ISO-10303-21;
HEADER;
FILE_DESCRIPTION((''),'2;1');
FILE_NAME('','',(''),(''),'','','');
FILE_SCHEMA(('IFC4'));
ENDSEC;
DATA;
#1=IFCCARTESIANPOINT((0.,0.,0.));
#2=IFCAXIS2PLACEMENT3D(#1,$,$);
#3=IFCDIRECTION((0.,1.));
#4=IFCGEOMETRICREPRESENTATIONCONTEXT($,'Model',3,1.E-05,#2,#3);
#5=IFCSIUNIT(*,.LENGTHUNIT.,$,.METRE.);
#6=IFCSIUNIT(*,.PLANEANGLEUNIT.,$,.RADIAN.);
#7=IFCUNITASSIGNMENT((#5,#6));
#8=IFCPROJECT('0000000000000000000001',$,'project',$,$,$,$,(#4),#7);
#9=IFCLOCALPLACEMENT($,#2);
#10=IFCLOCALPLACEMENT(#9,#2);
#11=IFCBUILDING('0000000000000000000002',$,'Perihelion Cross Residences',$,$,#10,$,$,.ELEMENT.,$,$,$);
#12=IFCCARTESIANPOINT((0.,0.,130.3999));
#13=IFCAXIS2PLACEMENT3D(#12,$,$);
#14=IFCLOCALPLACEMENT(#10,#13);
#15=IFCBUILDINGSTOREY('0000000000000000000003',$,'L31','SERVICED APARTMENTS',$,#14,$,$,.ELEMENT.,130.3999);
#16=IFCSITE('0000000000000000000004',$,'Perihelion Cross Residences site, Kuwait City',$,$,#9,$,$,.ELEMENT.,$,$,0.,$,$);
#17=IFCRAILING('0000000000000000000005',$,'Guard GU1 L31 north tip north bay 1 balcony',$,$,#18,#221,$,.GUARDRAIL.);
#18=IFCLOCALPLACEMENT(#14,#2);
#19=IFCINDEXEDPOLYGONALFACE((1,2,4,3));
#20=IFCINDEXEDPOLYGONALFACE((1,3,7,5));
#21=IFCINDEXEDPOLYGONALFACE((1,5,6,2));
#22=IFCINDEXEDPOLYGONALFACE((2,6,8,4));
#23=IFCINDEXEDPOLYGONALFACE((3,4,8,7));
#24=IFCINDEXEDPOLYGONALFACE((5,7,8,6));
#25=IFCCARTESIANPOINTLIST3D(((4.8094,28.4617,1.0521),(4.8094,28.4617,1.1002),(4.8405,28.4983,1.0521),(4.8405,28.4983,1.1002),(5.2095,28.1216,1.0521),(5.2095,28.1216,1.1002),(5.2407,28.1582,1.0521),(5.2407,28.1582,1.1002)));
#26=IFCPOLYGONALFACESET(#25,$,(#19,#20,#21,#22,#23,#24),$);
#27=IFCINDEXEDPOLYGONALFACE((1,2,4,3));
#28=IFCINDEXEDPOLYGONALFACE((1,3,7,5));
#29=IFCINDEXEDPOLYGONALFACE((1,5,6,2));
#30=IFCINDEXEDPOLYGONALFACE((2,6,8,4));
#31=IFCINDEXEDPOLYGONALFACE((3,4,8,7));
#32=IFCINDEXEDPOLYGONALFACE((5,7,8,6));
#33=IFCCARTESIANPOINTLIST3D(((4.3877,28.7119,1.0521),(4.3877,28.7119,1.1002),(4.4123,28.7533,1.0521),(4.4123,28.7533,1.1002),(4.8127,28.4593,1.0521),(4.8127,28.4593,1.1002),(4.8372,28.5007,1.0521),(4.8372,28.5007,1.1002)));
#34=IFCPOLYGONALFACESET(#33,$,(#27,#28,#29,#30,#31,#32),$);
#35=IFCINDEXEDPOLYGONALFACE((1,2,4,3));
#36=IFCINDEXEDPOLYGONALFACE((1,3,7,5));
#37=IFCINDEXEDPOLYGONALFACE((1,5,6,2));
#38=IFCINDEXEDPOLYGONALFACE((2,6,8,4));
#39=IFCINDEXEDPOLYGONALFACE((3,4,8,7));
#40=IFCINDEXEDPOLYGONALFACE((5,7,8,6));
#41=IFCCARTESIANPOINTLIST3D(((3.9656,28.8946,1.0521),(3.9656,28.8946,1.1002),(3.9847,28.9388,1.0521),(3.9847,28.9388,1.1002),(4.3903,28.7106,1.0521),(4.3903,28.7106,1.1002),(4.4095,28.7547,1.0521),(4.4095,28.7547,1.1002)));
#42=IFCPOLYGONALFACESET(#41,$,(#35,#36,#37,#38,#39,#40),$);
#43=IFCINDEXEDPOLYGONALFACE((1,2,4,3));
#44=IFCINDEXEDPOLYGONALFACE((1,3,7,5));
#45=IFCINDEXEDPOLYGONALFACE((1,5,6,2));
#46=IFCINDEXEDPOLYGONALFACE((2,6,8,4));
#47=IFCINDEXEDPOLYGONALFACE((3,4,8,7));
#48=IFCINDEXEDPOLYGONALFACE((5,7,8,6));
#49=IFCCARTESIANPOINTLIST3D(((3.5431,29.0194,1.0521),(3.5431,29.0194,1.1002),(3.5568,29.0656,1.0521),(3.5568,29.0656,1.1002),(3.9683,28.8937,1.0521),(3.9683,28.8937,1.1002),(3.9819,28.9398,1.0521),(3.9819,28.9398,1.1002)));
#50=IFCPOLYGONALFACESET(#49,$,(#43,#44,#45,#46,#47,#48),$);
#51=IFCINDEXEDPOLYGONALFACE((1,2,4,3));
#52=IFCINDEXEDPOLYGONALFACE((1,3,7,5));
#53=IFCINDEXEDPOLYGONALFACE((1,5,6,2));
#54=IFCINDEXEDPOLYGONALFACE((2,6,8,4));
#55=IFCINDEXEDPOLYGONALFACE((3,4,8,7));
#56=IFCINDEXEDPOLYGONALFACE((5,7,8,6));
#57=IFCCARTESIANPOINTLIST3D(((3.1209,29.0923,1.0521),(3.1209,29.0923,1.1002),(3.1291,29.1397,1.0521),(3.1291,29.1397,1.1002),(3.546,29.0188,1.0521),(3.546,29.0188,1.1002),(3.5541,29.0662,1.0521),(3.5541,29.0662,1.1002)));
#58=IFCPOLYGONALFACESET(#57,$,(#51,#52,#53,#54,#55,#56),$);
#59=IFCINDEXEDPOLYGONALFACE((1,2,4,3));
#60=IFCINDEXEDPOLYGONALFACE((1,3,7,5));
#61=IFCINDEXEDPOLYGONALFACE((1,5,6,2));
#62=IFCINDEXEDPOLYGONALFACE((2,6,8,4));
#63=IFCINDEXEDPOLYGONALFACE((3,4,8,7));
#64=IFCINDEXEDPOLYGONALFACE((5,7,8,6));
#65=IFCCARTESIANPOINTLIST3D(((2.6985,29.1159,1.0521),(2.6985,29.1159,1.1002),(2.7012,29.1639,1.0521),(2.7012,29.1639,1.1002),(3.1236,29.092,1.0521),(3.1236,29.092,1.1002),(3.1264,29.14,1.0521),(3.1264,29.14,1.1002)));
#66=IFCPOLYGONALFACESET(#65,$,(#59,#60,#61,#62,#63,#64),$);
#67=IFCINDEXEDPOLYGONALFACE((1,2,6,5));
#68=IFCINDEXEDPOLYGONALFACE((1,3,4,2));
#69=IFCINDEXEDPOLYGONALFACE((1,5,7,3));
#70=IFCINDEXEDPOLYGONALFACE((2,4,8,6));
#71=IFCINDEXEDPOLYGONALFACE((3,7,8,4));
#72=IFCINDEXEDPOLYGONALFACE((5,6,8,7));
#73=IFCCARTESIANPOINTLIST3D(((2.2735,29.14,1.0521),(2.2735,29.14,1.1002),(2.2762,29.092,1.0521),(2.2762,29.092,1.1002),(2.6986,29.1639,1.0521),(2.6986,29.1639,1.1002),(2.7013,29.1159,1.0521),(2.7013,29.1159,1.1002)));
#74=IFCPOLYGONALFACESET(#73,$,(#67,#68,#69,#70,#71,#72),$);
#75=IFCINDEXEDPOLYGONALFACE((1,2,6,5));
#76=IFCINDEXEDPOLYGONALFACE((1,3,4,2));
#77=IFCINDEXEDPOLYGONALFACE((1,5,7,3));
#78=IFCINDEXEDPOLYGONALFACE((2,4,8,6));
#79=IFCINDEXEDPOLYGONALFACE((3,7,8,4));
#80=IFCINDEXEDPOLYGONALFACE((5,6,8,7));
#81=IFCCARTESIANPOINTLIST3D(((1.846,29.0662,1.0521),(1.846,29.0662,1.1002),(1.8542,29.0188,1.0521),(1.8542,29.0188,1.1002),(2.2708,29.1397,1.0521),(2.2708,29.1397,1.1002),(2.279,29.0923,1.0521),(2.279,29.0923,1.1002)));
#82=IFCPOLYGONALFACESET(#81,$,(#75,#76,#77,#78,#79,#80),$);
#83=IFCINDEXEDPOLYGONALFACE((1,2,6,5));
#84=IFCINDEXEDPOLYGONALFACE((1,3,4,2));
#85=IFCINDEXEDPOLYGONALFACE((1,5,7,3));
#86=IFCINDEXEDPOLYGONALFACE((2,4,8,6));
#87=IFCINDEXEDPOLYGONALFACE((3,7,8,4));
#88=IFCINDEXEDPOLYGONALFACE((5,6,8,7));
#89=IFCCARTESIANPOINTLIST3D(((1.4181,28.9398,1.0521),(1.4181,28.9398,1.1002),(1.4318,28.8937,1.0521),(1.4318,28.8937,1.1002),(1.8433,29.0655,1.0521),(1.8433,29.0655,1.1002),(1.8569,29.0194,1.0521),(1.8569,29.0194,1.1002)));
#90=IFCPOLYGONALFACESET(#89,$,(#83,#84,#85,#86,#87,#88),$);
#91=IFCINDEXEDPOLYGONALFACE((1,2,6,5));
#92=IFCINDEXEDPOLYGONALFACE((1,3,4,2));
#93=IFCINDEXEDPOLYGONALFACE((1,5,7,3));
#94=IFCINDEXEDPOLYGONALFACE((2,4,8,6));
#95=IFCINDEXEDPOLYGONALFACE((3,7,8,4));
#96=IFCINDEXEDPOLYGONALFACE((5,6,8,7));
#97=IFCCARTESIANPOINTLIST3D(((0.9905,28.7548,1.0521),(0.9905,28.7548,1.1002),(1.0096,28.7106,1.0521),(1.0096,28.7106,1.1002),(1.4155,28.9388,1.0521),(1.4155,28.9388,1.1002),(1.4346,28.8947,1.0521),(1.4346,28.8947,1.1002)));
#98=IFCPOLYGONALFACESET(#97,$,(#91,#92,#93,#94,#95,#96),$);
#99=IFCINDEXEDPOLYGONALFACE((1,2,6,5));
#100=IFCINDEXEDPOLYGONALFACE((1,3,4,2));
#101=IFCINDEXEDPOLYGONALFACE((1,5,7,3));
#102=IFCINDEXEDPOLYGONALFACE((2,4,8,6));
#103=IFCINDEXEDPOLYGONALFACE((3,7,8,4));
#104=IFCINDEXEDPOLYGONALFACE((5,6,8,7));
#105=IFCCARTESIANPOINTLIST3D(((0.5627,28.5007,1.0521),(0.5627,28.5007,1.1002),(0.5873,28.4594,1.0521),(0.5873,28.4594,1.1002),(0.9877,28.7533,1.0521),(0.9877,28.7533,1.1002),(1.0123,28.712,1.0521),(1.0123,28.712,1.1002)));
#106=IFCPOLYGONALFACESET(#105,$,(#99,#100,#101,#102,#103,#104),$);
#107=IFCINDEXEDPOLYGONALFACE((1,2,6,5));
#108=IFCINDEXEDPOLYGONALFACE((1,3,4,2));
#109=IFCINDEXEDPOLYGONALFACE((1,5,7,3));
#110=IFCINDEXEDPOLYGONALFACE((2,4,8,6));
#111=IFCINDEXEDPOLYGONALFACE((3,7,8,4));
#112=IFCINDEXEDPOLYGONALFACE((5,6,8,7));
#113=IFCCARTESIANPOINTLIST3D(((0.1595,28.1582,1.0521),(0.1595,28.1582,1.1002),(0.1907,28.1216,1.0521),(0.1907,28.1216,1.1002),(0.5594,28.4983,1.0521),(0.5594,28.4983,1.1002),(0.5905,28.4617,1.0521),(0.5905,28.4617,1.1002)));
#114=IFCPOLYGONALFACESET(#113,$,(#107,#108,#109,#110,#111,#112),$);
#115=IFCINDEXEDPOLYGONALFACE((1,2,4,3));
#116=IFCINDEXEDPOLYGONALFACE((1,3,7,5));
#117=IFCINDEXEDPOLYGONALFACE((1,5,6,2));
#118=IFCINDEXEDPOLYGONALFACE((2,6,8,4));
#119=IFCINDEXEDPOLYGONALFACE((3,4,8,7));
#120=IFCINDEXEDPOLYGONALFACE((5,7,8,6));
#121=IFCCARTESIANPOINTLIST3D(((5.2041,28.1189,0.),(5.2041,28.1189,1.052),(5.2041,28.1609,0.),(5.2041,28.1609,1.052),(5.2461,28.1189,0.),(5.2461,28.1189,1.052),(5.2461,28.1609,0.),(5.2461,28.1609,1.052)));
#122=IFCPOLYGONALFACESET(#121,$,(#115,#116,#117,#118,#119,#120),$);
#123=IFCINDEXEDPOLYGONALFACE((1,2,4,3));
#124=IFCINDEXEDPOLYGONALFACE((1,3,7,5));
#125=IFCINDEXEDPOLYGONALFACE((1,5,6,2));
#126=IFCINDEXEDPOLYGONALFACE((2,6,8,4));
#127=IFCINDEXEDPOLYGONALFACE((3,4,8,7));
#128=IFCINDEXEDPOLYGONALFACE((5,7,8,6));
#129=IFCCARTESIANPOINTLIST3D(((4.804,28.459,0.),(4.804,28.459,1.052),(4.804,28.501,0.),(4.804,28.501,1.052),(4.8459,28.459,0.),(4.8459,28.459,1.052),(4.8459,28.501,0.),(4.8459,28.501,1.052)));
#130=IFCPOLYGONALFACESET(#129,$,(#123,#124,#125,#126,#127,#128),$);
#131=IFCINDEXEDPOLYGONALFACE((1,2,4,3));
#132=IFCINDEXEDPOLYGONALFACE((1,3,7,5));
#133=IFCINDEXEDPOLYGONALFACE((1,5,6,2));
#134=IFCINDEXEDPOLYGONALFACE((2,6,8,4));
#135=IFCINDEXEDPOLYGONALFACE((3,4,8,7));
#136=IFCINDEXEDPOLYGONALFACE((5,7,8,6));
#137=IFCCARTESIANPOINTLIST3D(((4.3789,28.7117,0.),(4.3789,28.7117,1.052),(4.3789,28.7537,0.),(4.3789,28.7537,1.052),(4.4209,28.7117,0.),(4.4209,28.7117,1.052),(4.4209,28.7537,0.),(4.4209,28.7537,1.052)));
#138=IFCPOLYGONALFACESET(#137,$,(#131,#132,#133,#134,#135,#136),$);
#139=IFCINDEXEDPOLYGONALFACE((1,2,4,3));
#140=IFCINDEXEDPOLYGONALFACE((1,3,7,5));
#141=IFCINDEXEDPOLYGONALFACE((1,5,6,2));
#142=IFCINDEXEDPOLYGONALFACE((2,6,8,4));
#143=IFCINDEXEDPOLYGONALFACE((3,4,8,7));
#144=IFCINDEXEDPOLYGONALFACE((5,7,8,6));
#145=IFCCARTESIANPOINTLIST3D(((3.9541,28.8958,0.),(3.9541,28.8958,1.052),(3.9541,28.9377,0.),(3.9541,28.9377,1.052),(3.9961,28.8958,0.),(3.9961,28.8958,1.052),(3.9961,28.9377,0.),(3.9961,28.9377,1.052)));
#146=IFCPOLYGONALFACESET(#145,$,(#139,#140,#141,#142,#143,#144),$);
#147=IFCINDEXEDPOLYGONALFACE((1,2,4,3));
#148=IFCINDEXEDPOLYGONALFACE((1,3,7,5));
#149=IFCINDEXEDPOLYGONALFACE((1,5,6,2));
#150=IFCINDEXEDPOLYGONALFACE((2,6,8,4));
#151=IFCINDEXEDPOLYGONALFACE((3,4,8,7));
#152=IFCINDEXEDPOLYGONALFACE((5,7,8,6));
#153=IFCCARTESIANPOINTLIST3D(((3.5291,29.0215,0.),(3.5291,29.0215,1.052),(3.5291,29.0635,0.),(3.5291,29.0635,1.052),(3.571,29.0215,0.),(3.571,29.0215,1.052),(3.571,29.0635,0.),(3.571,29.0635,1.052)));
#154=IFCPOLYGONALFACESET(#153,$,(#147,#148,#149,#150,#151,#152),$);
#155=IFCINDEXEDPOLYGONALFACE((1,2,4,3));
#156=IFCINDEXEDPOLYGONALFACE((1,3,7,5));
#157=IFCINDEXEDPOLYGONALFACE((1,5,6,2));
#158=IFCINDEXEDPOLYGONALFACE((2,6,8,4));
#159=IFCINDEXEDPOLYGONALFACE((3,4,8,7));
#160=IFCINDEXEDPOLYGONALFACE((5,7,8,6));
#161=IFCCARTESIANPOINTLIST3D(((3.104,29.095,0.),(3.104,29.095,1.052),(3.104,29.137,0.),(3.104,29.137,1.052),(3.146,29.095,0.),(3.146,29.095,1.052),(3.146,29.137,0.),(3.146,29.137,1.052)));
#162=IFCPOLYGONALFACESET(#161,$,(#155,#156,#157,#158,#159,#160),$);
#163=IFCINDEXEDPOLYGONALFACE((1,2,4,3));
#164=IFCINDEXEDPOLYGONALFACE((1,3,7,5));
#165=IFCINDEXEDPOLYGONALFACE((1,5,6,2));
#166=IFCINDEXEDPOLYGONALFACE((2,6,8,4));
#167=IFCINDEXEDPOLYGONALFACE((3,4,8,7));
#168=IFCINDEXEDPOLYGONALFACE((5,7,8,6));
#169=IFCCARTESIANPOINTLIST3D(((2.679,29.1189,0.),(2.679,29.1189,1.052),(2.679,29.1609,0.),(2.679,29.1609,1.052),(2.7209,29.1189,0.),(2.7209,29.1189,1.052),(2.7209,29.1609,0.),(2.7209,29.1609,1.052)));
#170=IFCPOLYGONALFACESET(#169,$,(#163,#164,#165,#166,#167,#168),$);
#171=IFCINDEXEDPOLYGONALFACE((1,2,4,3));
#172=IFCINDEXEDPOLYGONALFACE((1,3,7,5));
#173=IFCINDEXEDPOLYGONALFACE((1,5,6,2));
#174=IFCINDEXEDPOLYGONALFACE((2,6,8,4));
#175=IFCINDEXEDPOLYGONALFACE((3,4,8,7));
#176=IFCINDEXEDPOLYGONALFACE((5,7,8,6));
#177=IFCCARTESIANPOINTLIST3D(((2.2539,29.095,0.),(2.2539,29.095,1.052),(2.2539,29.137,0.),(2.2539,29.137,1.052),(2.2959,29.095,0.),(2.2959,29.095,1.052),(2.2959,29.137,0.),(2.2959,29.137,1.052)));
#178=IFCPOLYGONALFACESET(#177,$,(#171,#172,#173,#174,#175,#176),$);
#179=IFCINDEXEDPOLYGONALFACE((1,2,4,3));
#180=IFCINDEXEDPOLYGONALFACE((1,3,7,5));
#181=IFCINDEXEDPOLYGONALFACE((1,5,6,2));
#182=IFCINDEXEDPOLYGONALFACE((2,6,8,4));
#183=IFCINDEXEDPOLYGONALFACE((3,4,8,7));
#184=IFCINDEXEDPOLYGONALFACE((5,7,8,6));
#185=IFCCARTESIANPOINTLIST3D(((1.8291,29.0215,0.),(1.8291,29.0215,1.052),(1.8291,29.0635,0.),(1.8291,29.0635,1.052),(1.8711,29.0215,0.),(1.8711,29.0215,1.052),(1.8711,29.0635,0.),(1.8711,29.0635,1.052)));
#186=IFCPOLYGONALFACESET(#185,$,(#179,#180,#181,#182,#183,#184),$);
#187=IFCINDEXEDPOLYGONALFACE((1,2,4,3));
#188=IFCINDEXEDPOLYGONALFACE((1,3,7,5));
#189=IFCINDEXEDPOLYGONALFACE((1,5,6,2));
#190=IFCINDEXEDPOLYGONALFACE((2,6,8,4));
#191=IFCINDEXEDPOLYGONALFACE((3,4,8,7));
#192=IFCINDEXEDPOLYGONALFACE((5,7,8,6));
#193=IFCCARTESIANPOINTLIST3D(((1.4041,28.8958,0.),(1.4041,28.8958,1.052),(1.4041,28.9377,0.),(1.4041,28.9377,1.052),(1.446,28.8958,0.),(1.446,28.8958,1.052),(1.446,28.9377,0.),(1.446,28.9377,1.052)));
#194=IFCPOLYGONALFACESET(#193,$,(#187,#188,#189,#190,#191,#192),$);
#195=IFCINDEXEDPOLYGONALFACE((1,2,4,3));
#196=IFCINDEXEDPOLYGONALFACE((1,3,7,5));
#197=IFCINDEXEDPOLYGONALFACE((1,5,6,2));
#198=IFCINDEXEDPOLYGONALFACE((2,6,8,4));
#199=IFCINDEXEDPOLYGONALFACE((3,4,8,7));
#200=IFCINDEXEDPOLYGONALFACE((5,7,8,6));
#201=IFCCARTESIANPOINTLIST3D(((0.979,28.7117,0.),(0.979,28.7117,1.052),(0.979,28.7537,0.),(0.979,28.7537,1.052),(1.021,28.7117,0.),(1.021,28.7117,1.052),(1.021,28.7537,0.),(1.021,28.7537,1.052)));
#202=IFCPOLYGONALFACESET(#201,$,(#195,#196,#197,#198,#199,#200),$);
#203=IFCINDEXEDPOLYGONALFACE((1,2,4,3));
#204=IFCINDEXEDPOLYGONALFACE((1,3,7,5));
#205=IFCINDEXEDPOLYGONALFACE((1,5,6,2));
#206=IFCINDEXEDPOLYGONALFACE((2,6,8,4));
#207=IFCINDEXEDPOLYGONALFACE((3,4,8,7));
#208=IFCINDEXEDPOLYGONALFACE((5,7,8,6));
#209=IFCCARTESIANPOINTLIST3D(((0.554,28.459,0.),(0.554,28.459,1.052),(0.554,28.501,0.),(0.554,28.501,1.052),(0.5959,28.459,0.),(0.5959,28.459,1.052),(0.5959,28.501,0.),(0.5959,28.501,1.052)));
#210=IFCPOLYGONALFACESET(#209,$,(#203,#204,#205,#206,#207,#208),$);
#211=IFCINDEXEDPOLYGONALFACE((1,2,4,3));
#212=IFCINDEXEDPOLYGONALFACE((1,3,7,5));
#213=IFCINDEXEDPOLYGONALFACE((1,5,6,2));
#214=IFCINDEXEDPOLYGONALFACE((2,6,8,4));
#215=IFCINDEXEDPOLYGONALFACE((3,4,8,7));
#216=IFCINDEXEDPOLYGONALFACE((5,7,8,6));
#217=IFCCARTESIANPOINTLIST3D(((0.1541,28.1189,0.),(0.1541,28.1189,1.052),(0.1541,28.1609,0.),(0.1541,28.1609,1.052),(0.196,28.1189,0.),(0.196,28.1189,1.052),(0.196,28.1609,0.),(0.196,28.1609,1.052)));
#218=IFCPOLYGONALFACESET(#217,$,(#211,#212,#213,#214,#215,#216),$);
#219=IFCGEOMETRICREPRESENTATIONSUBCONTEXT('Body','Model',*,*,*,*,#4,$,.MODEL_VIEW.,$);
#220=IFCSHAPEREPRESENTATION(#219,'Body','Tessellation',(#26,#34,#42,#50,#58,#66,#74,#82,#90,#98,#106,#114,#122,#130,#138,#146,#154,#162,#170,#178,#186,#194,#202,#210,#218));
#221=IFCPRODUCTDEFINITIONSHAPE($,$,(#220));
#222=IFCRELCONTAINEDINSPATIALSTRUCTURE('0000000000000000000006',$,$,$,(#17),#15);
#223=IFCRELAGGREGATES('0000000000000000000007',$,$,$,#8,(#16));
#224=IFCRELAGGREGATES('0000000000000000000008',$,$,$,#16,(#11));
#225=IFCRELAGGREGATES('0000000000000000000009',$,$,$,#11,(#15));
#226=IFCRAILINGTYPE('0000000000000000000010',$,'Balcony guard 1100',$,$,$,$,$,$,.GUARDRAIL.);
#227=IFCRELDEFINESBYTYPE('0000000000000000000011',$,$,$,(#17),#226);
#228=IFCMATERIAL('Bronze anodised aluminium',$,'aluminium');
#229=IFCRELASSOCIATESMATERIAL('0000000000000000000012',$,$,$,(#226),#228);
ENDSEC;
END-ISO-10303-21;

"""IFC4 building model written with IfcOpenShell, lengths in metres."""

from ifc_helpers import new_model, si_unit, direction, frame, origin, origin_2d, place, context, subcontext, project, spatial, rectangle, extrude, material, type_object, element, save


model = new_model("IFC4")

# Units and contexts
model_context = context("Model", 3, precision=1e-05, world=origin(), true_north=direction((0.0, 1.0)))
body_context = subcontext(model_context, "Body", "Model", "MODEL_VIEW")
ifc_project = project(units=[si_unit("LENGTHUNIT", "METRE"), si_unit("PLANEANGLEUNIT", "RADIAN")], contexts=[model_context])

# Site, building, storey
site_placement = place(None, origin())
site = spatial("IfcSite", under=ifc_project, at=site_placement, Name="Perihelion Cross Residences site, Kuwait City", CompositionType="ELEMENT", RefElevation=0.0)
building_placement = place(site_placement, origin())
building = spatial("IfcBuilding", under=site, at=building_placement, Name="Perihelion Cross Residences", CompositionType="ELEMENT")
storey_placement = place(building_placement, frame((0.0, 0.0, 130.3999)))
storey = spatial("IfcBuildingStorey", under=building, at=storey_placement, Name="L31", Description="SERVICED APARTMENTS", CompositionType="ELEMENT", Elevation=130.3999)

# Railing
ifc_material_1 = material(Name="Bronze anodised aluminium", Category="aluminium")
railing_type = type_object("IfcRailingType", Name="Balcony guard 1100", PredefinedType="GUARDRAIL", material=ifc_material_1)
railing_placement = place(storey_placement, frame((5.2251, 28.1399, 0.0)))
element("IfcRailing", 1, at=railing_placement, inside=storey, type_object=railing_type, Name="Guard GU1 L31 north tip north bay 1 balcony", PredefinedType="GUARDRAIL", context=body_context, shape_type="SweptSolid", body=[
    extrude(rectangle(XDim=0.0481, YDim=0.0481, at=origin_2d()), frame((0.0, 0.0, 1.0762), z_axis=(-0.761974, 0.647608, 0.0), x_axis=(-0.647608, -0.761974, 0.0)), (0.0, 0.0, 1.0), 0.5251),
    extrude(rectangle(XDim=0.0481, YDim=0.0481, at=origin_2d()), frame((-0.4001, 0.3401, 1.0762), z_axis=(-0.859577, 0.511006, 0.0), x_axis=(-0.511006, -0.859577, 0.0)), (0.0, 0.0, 1.0), 0.4944),
    extrude(rectangle(XDim=0.0481, YDim=0.0481, at=origin_2d()), frame((-0.8252, 0.5928, 1.0762), z_axis=(-0.917556, 0.397607, 0.0), x_axis=(-0.397607, -0.917556, 0.0)), (0.0, 0.0, 1.0), 0.4629),
    extrude(rectangle(XDim=0.0481, YDim=0.0481, at=origin_2d()), frame((-1.25, 0.7769, 1.0762), z_axis=(-0.958926, 0.283657, 0.0), x_axis=(-0.283657, -0.958926, 0.0)), (0.0, 0.0, 1.0), 0.4434),
    extrude(rectangle(XDim=0.0481, YDim=0.0481, at=origin_2d()), frame((-1.675, 0.9026, 1.0762), z_axis=(-0.985382, 0.170362, 0.0), x_axis=(-0.170362, -0.985382, 0.0)), (0.0, 0.0, 1.0), 0.4314),
    extrude(rectangle(XDim=0.0481, YDim=0.0481, at=origin_2d()), frame((-2.1001, 0.9761, 1.0762), z_axis=(-0.99842, 0.056201, 0.0), x_axis=(-0.056201, -0.99842, 0.0)), (0.0, 0.0, 1.0), 0.4258),
    extrude(rectangle(XDim=0.0481, YDim=0.0481, at=origin_2d()), frame((-2.5251, 1.0, 1.0762), z_axis=(-0.99842, -0.056201, 0.0), x_axis=(0.056201, -0.99842, 0.0)), (0.0, 0.0, 1.0), 0.4258),
    extrude(rectangle(XDim=0.0481, YDim=0.0481, at=origin_2d()), frame((-2.9502, 0.9761, 1.0762), z_axis=(-0.985365, -0.170457, 0.0), x_axis=(0.170457, -0.985365, 0.0)), (0.0, 0.0, 1.0), 0.4312),
    extrude(rectangle(XDim=0.0481, YDim=0.0481, at=origin_2d()), frame((-3.375, 0.9026, 1.0762), z_axis=(-0.958926, -0.283657, 0.0), x_axis=(0.283657, -0.958926, 0.0)), (0.0, 0.0, 1.0), 0.4434),
    extrude(rectangle(XDim=0.0481, YDim=0.0481, at=origin_2d()), frame((-3.8, 0.7769, 1.0762), z_axis=(-0.917639, -0.397415, 0.0), x_axis=(0.397415, -0.917639, 0.0)), (0.0, 0.0, 1.0), 0.4631),
    extrude(rectangle(XDim=0.0481, YDim=0.0481, at=origin_2d()), frame((-4.2251, 0.5928, 1.0762), z_axis=(-0.859577, -0.511006, 0.0), x_axis=(0.511006, -0.859577, 0.0)), (0.0, 0.0, 1.0), 0.4944),
    extrude(rectangle(XDim=0.0481, YDim=0.0481, at=origin_2d()), frame((-4.6501, 0.3401, 1.0762), z_axis=(-0.761779, -0.647837, 0.0), x_axis=(0.647837, -0.761779, 0.0)), (0.0, 0.0, 1.0), 0.5249),
    extrude(rectangle(XDim=0.042, YDim=0.042, at=origin_2d()), origin(), (0.0, 0.0, 1.0), 1.052),
    extrude(rectangle(XDim=0.042, YDim=0.042, at=origin_2d()), frame((-0.4001, 0.3401, 0.0)), (0.0, 0.0, 1.0), 1.052),
    extrude(rectangle(XDim=0.042, YDim=0.042, at=origin_2d()), frame((-0.8252, 0.5928, 0.0)), (0.0, 0.0, 1.0), 1.052),
    extrude(rectangle(XDim=0.042, YDim=0.042, at=origin_2d()), frame((-1.25, 0.7769, 0.0)), (0.0, 0.0, 1.0), 1.052),
    extrude(rectangle(XDim=0.042, YDim=0.042, at=origin_2d()), frame((-1.675, 0.9026, 0.0)), (0.0, 0.0, 1.0), 1.052),
    extrude(rectangle(XDim=0.042, YDim=0.042, at=origin_2d()), frame((-2.1001, 0.9761, 0.0)), (0.0, 0.0, 1.0), 1.052),
    extrude(rectangle(XDim=0.042, YDim=0.042, at=origin_2d()), frame((-2.5251, 1.0, 0.0)), (0.0, 0.0, 1.0), 1.052),
    extrude(rectangle(XDim=0.042, YDim=0.042, at=origin_2d()), frame((-2.9502, 0.9761, 0.0)), (0.0, 0.0, 1.0), 1.052),
    extrude(rectangle(XDim=0.042, YDim=0.042, at=origin_2d()), frame((-3.375, 0.9026, 0.0)), (0.0, 0.0, 1.0), 1.052),
    extrude(rectangle(XDim=0.042, YDim=0.042, at=origin_2d()), frame((-3.8, 0.7769, 0.0)), (0.0, 0.0, 1.0), 1.052),
    extrude(rectangle(XDim=0.042, YDim=0.042, at=origin_2d()), frame((-4.2251, 0.5928, 0.0)), (0.0, 0.0, 1.0), 1.052),
    extrude(rectangle(XDim=0.042, YDim=0.042, at=origin_2d()), frame((-4.6501, 0.3401, 0.0)), (0.0, 0.0, 1.0), 1.052),
    extrude(rectangle(XDim=0.042, YDim=0.042, at=origin_2d()), frame((-5.05, 0.0, 0.0)), (0.0, 0.0, 1.0), 1.052),
])

save(model, "model.ifc")
